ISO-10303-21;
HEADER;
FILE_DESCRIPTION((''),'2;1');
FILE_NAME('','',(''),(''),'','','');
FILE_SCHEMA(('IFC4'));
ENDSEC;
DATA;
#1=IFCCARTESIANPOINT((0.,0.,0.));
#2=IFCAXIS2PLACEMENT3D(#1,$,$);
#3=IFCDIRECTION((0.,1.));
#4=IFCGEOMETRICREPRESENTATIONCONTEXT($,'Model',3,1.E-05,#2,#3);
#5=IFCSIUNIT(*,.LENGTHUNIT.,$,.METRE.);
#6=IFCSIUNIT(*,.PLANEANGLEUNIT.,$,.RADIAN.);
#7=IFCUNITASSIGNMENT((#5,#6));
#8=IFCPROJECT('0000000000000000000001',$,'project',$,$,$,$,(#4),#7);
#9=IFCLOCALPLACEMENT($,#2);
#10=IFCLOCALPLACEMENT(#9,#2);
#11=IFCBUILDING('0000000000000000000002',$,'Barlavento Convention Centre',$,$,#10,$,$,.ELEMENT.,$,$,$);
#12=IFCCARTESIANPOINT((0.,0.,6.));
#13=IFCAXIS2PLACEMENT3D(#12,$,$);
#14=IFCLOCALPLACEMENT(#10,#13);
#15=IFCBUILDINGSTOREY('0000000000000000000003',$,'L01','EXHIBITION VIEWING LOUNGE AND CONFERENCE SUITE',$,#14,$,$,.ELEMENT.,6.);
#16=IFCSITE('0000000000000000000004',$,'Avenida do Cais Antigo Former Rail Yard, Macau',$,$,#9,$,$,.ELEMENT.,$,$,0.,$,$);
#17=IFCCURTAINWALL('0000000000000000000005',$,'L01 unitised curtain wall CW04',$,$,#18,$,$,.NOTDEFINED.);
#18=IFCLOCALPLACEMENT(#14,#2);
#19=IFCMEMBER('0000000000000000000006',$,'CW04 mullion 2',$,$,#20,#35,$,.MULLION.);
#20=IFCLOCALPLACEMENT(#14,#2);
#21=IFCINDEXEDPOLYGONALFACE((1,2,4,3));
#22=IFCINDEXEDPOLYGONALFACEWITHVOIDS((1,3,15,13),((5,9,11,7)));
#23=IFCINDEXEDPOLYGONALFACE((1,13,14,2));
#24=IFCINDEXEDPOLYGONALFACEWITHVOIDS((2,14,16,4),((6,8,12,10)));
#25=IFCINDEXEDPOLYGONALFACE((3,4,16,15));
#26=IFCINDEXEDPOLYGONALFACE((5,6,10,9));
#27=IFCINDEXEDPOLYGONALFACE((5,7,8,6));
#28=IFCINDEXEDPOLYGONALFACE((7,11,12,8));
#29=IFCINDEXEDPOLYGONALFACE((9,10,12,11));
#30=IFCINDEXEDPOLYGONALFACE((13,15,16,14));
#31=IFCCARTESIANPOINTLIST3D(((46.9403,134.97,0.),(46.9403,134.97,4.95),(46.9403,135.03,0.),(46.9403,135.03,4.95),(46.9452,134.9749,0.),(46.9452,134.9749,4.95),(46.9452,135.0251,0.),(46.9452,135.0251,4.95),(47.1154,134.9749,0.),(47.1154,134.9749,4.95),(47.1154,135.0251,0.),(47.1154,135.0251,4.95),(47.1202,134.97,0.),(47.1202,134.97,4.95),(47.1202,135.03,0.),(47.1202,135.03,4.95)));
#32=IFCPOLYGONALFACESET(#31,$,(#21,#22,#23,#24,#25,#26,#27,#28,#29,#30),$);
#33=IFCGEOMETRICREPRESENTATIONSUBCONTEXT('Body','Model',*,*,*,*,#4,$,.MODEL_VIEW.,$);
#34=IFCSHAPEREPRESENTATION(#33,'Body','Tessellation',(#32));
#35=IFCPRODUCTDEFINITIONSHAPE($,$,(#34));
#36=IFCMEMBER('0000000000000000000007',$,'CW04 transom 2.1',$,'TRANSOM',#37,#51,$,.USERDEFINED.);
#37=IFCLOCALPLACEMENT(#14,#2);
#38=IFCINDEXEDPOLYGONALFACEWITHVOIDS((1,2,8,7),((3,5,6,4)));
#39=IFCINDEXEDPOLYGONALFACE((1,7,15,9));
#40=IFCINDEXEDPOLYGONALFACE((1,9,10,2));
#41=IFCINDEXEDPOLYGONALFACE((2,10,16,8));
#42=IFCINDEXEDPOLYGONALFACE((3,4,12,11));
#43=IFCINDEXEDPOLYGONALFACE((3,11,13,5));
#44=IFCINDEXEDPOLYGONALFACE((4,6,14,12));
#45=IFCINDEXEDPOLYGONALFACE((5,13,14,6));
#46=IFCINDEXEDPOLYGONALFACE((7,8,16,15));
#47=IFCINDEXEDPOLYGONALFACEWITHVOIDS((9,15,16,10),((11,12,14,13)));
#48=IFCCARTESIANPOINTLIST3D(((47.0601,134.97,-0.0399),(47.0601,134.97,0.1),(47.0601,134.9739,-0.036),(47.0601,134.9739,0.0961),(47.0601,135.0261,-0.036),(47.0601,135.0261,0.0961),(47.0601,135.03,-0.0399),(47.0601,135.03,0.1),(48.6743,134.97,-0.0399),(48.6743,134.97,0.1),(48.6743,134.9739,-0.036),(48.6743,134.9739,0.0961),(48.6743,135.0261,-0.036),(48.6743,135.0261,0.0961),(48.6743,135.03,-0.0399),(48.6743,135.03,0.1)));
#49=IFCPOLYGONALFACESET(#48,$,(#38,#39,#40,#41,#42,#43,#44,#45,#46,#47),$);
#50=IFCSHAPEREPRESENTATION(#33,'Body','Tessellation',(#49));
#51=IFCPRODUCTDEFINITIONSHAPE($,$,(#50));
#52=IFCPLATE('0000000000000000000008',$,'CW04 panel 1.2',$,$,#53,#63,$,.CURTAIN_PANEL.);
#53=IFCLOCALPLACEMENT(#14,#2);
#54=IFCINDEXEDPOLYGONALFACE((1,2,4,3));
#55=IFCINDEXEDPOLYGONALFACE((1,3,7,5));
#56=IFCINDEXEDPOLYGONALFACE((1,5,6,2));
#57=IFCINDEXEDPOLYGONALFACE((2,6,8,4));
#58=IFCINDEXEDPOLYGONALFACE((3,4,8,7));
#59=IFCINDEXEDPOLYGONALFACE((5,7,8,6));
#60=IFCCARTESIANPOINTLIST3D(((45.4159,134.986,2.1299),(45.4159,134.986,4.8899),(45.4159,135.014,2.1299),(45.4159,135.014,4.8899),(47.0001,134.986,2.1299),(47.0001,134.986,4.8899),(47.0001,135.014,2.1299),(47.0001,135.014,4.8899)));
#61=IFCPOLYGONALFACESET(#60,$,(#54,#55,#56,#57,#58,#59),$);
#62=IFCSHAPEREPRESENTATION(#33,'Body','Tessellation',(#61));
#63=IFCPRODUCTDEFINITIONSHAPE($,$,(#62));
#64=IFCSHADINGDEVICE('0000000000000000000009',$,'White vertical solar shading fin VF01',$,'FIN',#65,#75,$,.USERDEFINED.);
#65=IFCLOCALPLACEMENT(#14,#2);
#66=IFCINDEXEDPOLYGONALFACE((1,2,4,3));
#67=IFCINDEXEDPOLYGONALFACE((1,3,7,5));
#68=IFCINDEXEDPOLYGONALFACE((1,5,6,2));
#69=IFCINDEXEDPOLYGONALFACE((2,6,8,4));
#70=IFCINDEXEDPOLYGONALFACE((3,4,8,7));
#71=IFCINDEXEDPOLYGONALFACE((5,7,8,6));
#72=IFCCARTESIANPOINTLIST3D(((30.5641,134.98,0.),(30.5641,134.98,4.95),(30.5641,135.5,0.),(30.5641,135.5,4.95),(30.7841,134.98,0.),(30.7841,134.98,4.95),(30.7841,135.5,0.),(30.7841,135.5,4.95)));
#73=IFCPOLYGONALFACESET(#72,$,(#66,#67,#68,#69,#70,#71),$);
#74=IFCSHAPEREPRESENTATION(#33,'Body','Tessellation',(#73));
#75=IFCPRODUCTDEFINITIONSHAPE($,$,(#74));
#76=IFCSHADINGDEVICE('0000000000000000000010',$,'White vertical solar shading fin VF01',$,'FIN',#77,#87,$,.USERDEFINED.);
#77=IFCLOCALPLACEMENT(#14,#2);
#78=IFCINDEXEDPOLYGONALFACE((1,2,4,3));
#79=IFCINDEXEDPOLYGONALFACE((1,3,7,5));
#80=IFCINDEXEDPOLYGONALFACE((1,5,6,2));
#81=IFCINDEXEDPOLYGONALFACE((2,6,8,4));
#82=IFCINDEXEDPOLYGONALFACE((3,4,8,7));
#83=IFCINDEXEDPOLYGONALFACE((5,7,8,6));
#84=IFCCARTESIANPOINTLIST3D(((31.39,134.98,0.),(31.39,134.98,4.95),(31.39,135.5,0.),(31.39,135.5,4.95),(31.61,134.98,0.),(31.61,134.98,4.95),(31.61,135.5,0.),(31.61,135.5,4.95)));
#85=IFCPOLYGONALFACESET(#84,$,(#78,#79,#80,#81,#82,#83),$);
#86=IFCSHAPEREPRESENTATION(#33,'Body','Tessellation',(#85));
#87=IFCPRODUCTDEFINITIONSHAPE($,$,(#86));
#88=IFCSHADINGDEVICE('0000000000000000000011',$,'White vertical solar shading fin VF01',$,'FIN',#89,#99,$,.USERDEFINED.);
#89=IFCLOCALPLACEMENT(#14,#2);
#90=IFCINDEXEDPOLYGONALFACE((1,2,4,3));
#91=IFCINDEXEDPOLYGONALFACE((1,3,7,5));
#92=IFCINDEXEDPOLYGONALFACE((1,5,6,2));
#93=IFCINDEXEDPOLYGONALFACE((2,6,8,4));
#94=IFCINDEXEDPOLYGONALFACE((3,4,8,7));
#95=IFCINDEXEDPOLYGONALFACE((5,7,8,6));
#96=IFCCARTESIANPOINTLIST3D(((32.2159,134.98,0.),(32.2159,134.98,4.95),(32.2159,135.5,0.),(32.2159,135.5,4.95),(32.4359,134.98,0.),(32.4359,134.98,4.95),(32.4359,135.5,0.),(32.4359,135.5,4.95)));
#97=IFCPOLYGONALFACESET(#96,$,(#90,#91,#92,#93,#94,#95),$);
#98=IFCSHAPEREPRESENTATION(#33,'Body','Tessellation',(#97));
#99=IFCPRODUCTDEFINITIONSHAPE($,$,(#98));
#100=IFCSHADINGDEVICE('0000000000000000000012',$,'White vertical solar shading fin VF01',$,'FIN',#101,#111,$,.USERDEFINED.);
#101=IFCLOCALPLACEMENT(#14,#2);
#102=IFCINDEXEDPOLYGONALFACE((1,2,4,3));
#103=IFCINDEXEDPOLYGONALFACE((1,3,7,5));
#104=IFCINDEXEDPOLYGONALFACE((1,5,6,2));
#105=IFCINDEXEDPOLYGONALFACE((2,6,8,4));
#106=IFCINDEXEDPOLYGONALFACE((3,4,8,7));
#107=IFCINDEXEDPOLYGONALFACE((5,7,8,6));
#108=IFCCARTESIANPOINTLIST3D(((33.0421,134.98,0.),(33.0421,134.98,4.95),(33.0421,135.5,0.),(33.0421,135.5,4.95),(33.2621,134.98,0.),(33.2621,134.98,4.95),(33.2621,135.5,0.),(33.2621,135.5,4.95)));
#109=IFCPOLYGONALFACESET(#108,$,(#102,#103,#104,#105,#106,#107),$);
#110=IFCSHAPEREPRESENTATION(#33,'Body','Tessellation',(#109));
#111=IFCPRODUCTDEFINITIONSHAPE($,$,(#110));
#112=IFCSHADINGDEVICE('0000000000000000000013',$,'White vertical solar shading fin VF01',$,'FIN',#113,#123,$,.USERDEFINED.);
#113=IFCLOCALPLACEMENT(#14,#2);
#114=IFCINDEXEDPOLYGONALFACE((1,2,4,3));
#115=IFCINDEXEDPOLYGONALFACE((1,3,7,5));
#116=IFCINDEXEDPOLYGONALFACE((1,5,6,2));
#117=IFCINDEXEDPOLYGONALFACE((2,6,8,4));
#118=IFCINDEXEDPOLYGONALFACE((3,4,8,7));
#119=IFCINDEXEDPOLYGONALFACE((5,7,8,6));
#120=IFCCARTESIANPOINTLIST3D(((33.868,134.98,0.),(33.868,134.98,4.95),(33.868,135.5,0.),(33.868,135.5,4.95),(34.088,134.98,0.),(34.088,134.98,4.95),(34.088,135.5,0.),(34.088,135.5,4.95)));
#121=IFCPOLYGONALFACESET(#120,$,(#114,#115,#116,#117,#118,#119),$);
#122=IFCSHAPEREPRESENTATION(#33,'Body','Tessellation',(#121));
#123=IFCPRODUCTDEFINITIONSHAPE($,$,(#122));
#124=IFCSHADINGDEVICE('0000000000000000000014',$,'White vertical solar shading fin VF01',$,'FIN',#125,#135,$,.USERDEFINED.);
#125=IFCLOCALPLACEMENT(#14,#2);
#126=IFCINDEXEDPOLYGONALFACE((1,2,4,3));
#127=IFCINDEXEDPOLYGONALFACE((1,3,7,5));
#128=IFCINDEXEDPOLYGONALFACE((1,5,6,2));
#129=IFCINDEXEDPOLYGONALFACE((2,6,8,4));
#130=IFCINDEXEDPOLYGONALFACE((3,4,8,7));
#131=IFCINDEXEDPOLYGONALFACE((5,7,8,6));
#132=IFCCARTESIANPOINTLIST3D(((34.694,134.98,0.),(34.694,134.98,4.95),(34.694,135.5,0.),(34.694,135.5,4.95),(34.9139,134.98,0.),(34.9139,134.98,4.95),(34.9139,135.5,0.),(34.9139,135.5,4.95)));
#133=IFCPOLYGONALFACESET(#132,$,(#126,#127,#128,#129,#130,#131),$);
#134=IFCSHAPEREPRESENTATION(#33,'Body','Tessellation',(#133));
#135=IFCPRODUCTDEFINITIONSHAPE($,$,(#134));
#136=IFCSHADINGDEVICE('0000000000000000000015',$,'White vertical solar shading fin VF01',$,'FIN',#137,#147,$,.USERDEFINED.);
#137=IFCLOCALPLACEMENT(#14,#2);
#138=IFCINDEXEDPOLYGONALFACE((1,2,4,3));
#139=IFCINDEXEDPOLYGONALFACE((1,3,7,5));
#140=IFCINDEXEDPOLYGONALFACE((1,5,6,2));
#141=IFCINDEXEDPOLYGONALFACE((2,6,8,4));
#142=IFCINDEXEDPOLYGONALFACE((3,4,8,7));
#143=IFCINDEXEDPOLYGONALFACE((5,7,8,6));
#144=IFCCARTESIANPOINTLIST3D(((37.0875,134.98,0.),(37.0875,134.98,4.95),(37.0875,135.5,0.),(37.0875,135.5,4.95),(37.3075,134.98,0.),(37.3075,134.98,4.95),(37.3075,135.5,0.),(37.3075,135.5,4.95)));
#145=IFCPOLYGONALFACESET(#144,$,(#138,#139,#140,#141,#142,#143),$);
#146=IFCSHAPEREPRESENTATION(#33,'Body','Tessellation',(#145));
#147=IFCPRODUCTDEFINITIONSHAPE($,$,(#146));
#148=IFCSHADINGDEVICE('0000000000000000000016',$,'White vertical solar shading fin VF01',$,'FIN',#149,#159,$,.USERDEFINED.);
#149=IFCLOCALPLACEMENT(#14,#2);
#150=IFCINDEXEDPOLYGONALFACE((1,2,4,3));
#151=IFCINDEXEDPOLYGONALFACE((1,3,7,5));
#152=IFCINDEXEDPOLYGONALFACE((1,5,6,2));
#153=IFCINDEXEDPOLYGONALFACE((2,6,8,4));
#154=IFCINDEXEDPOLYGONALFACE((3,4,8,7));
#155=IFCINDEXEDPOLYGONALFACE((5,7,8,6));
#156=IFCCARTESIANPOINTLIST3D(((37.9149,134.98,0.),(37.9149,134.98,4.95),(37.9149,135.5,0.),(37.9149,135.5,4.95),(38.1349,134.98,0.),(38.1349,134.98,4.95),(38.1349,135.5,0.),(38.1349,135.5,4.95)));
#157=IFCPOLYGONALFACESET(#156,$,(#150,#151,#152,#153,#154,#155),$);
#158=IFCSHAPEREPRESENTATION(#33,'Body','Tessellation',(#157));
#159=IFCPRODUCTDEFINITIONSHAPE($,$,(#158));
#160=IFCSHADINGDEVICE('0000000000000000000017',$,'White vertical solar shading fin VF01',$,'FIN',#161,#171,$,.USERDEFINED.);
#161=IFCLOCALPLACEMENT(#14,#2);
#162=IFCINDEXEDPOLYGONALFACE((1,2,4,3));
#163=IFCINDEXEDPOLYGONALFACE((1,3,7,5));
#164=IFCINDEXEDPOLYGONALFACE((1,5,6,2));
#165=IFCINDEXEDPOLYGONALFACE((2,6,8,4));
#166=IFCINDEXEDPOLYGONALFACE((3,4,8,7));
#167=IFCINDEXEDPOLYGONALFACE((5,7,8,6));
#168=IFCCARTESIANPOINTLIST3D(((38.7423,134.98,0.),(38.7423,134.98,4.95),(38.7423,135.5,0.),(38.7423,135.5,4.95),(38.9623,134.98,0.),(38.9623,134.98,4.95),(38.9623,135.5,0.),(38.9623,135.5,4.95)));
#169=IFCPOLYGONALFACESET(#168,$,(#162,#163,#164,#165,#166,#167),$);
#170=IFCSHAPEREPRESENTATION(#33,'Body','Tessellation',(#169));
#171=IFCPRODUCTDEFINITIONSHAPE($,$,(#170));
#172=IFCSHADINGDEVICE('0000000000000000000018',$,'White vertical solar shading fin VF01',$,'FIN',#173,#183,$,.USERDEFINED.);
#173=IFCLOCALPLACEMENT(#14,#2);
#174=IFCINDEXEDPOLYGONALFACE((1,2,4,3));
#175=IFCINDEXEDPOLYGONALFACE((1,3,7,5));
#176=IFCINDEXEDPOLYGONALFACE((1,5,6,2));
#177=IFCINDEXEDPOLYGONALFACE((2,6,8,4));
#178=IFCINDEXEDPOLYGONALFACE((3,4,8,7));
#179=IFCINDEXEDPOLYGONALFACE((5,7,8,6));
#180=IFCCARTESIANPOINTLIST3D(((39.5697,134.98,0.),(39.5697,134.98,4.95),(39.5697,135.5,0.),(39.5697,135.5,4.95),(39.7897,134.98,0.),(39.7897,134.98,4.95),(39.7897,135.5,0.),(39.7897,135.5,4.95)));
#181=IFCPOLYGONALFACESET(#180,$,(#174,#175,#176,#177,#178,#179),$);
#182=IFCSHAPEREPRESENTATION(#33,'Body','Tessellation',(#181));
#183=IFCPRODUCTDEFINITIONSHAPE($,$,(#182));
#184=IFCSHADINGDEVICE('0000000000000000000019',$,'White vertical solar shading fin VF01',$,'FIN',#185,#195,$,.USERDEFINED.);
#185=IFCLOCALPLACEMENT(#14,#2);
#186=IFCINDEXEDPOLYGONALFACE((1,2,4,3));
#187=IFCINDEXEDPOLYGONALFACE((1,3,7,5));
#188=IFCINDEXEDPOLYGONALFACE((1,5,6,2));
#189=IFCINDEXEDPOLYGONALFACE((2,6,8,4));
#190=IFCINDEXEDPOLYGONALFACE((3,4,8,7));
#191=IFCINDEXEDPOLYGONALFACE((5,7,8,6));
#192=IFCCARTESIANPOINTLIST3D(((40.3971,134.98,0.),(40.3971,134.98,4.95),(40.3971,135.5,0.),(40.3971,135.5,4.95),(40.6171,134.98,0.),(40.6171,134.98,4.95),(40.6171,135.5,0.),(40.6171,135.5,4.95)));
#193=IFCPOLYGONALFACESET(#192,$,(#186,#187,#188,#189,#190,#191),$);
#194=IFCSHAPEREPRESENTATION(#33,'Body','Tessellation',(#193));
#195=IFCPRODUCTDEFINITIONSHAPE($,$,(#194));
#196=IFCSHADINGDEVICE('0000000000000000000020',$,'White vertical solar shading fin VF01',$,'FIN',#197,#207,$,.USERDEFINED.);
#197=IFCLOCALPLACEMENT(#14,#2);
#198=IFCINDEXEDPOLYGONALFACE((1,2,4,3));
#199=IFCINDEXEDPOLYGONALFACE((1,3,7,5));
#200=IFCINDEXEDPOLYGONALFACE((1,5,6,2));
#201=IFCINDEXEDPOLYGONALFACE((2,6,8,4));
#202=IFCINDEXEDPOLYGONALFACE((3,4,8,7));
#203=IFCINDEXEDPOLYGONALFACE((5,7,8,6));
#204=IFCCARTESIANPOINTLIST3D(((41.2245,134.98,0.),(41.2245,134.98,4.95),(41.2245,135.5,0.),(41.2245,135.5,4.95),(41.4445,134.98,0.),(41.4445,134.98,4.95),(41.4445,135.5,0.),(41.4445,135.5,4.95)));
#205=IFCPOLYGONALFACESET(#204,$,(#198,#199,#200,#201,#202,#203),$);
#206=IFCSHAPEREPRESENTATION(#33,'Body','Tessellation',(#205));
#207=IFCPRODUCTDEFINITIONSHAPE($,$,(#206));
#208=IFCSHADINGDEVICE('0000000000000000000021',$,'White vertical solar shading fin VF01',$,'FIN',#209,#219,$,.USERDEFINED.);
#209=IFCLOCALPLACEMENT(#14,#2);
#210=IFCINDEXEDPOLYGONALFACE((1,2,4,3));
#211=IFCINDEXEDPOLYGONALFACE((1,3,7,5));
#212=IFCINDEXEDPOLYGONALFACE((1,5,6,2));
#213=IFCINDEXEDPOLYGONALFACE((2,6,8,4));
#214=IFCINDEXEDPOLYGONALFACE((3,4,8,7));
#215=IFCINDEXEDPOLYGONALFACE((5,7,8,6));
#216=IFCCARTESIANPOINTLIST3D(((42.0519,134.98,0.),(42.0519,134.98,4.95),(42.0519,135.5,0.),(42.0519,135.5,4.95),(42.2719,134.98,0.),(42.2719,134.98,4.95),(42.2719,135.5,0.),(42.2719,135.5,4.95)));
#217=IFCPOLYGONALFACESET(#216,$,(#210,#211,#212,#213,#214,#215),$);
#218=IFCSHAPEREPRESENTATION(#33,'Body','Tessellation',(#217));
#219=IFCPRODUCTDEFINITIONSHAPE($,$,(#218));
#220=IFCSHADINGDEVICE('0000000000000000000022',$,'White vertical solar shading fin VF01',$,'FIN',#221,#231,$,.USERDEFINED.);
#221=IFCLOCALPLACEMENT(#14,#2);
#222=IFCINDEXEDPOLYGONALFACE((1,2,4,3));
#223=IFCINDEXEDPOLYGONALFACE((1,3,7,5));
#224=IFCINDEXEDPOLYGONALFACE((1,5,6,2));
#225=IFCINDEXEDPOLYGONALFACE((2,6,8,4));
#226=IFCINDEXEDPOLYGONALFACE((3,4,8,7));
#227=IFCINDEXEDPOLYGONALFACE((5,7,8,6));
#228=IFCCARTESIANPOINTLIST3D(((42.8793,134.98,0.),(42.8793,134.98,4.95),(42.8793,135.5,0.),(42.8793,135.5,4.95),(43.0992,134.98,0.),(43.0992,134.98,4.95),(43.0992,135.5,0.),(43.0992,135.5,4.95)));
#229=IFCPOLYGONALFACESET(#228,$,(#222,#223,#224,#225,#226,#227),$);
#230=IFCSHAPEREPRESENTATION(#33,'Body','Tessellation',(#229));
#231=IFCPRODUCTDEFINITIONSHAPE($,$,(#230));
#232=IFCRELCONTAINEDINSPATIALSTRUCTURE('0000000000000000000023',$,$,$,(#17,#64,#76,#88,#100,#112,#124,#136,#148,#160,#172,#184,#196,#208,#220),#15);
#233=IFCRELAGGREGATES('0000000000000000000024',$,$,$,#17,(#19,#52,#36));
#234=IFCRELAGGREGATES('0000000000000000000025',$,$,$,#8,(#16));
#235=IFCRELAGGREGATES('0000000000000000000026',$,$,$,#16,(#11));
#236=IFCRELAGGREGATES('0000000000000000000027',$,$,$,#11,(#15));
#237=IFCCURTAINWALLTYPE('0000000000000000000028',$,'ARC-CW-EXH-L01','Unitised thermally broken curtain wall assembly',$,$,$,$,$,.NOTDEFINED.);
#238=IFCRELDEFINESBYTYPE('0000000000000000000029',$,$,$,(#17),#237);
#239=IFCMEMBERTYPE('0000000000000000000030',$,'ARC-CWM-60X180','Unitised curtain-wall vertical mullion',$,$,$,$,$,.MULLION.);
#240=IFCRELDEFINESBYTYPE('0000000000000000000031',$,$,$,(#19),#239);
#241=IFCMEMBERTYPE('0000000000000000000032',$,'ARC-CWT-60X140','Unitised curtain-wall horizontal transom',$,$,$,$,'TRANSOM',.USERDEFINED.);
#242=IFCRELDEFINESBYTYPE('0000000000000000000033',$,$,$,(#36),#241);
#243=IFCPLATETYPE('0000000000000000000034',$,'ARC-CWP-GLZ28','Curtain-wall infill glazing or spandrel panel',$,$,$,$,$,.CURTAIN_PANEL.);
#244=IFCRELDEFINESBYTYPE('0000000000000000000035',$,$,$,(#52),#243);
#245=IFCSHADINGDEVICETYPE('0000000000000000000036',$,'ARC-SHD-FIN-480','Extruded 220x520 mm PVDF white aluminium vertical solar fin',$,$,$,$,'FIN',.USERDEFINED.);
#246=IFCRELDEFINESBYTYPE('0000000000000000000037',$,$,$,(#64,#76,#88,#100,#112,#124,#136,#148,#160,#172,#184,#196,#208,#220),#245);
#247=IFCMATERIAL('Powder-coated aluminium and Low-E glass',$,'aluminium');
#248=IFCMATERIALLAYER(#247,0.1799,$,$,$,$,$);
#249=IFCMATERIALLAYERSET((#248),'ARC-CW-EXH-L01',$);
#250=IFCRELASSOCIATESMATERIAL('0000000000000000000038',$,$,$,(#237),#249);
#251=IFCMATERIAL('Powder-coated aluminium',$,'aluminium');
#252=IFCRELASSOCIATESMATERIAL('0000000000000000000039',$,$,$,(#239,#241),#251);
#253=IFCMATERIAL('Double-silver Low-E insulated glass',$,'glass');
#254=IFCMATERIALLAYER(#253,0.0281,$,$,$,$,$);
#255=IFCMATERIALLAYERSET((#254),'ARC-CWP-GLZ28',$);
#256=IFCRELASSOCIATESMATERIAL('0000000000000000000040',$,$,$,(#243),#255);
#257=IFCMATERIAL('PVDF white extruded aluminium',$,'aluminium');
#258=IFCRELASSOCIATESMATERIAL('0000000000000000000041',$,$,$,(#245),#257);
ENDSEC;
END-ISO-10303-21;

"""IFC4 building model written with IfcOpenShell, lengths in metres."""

from ifc_helpers import new_model, si_unit, direction, frame, origin, origin_2d, place, context, subcontext, project, spatial, rectangle, hollow_rectangle, extrude, material, layer, layer_set, material_profile, profile_set, type_object, element, aggregate, save


model = new_model("IFC4")

# Units and contexts
model_context = context("Model", 3, precision=1e-05, world=origin(), true_north=direction((0.0, 1.0)))
body_context = subcontext(model_context, "Body", "Model", "MODEL_VIEW")
ifc_project = project(units=[si_unit("LENGTHUNIT", "METRE"), si_unit("PLANEANGLEUNIT", "RADIAN")], contexts=[model_context])

# Site, building, storey
site_placement = place(None, origin())
site = spatial("IfcSite", under=ifc_project, at=site_placement, Name="Avenida do Cais Antigo Former Rail Yard, Macau", CompositionType="ELEMENT", RefElevation=0.0)
building_placement = place(site_placement, origin())
building = spatial("IfcBuilding", under=site, at=building_placement, Name="Barlavento Convention Centre", CompositionType="ELEMENT")
storey_placement = place(building_placement, frame((0.0, 0.0, 6.0)))
storey = spatial("IfcBuildingStorey", under=building, at=storey_placement, Name="L01", Description="EXHIBITION VIEWING LOUNGE AND CONFERENCE SUITE", CompositionType="ELEMENT", Elevation=6.0)

# Curtain wall, members, plate
ifc_material_1 = material(Name="Powder-coated aluminium and Low-E glass", Category="aluminium")
ifc_layer_1 = layer(ifc_material_1, 0.1799)
ifc_layer_set_1 = layer_set([ifc_layer_1], Name="ARC-CW-EXH-L01")
curtain_wall_type = type_object("IfcCurtainWallType", Name="ARC-CW-EXH-L01", Description="Unitised thermally broken curtain wall assembly", PredefinedType="NOTDEFINED", material=ifc_layer_set_1)
curtain_wall_placement = place(storey_placement, origin())
curtain_wall = element("IfcCurtainWall", 1, at=curtain_wall_placement, inside=storey, type_object=curtain_wall_type, Name="L01 unitised curtain wall CW04", PredefinedType="NOTDEFINED")
ifc_material_2 = material(Name="Powder-coated aluminium", Category="aluminium")
ifc_material_profile_1 = material_profile(ifc_material_2, hollow_rectangle(XDim=0.0601, YDim=0.1799, WallThickness=0.0049, at=origin_2d()), Name="AL-MULL 60x180x5")
ifc_profile_set_1 = profile_set([ifc_material_profile_1], Name="Powder-coated aluminium")
member_type_1 = type_object("IfcMemberType", Name="ARC-CWM-60X180", Description="Unitised curtain-wall vertical mullion", PredefinedType="MULLION", material=ifc_profile_set_1)
member_1_placement = place(storey_placement, frame((47.0303, 135.0, 0.0), z_axis=(0.0, 0.0, 1.0), x_axis=(0.0, 1.0, 0.0)))
member_1 = element("IfcMember", 2, at=member_1_placement, type_object=member_type_1, Name="CW04 mullion 2", PredefinedType="MULLION", context=body_context, shape_type="SweptSolid", body=[
    extrude(hollow_rectangle(XDim=0.0601, YDim=0.1799, WallThickness=0.0049, at=origin_2d()), origin(), (0.0, 0.0, 1.0), 4.95),
])
ifc_material_profile_2 = material_profile(ifc_material_2, hollow_rectangle(XDim=0.0601, YDim=0.1399, WallThickness=0.0039, at=origin_2d()), Name="AL-TRAN 60x140x4")
ifc_profile_set_2 = profile_set([ifc_material_profile_2], Name="Powder-coated aluminium")
member_type_2 = type_object("IfcMemberType", Name="ARC-CWT-60X140", Description="Unitised curtain-wall horizontal transom", ElementType="TRANSOM", PredefinedType="USERDEFINED", material=ifc_profile_set_2)
member_2_placement = place(storey_placement, frame((47.0601, 135.0, 0.03), z_axis=(1.0, 0.0, 0.0), x_axis=(0.0, 1.0, 0.0)))
member_2 = element("IfcMember", 3, at=member_2_placement, type_object=member_type_2, Name="CW04 transom 2.1", ObjectType="TRANSOM", PredefinedType="USERDEFINED", context=body_context, shape_type="SweptSolid", body=[
    extrude(hollow_rectangle(XDim=0.0601, YDim=0.1399, WallThickness=0.0039, at=origin_2d()), origin(), (0.0, 0.0, 1.0), 1.6143),
])
ifc_material_3 = material(Name="Double-silver Low-E insulated glass", Category="glass")
ifc_layer_2 = layer(ifc_material_3, 0.0281)
ifc_layer_set_2 = layer_set([ifc_layer_2], Name="ARC-CWP-GLZ28")
plate_type = type_object("IfcPlateType", Name="ARC-CWP-GLZ28", Description="Curtain-wall infill glazing or spandrel panel", PredefinedType="CURTAIN_PANEL", material=ifc_layer_set_2)
plate_placement = place(storey_placement, frame((46.208, 135.0, 2.1299), z_axis=(0.0, 0.0, 1.0), x_axis=(1.0, 0.0, 0.0)))
plate = element("IfcPlate", 4, at=plate_placement, type_object=plate_type, Name="CW04 panel 1.2", PredefinedType="CURTAIN_PANEL", context=body_context, shape_type="SweptSolid", body=[
    extrude(rectangle(XDim=1.5842, YDim=0.0281, at=origin_2d()), origin(), (0.0, 0.0, 1.0), 2.76),
])
aggregate(curtain_wall, [member_1, plate, member_2])

# Shading devices
ifc_material_4 = material(Name="PVDF white extruded aluminium", Category="aluminium")
shading_device_type = type_object("IfcShadingDeviceType", Name="ARC-SHD-FIN-480", Description="Extruded 220x520 mm PVDF white aluminium vertical solar fin", ElementType="FIN", PredefinedType="USERDEFINED", material=ifc_material_4)
for number, where, z_axis, x_axis, name in (
    (5, (30.6741, 135.24, 0.0), (0.0, 0.0, 1.0), (1.0, 0.0, 0.0), "White vertical solar shading fin VF01"),
    (6, (31.5, 135.24, 0.0), (0.0, 0.0, 1.0), (1.0, 0.0, 0.0), "White vertical solar shading fin VF01"),
    (7, (32.3259, 135.24, 0.0), (0.0, 0.0, 1.0), (1.0, 0.0, 0.0), "White vertical solar shading fin VF01"),
    (8, (33.1521, 135.24, 0.0), (0.0, 0.0, 1.0), (1.0, 0.0, 0.0), "White vertical solar shading fin VF01"),
    (9, (33.978, 135.24, 0.0), (0.0, 0.0, 1.0), (1.0, 0.0, 0.0), "White vertical solar shading fin VF01"),
    (10, (34.804, 135.24, 0.0), (0.0, 0.0, 1.0), (1.0, 0.0, 0.0), "White vertical solar shading fin VF01"),
    (11, (37.1975, 135.24, 0.0), (0.0, 0.0, 1.0), (1.0, 0.0, 0.0), "White vertical solar shading fin VF01"),
    (12, (38.0249, 135.24, 0.0), (0.0, 0.0, 1.0), (1.0, 0.0, 0.0), "White vertical solar shading fin VF01"),
    (13, (38.8523, 135.24, 0.0), (0.0, 0.0, 1.0), (1.0, 0.0, 0.0), "White vertical solar shading fin VF01"),
    (14, (39.6797, 135.24, 0.0), (0.0, 0.0, 1.0), (1.0, 0.0, 0.0), "White vertical solar shading fin VF01"),
    (15, (40.5071, 135.24, 0.0), (0.0, 0.0, 1.0), (1.0, 0.0, 0.0), "White vertical solar shading fin VF01"),
    (16, (41.3345, 135.24, 0.0), (0.0, 0.0, 1.0), (1.0, 0.0, 0.0), "White vertical solar shading fin VF01"),
    (17, (42.1619, 135.24, 0.0), (0.0, 0.0, 1.0), (1.0, 0.0, 0.0), "White vertical solar shading fin VF01"),
    (18, (42.9893, 135.24, 0.0), (0.0, 0.0, 1.0), (1.0, 0.0, 0.0), "White vertical solar shading fin VF01"),
):
    element("IfcShadingDevice", number, at=place(storey_placement, frame(where, z_axis=z_axis, x_axis=x_axis)), inside=storey, type_object=shading_device_type, Name=name, ObjectType="FIN", PredefinedType="USERDEFINED", context=body_context, shape_type="SweptSolid", body=[
        extrude(rectangle(XDim=0.22, YDim=0.52, at=origin_2d()), origin(), (0.0, 0.0, 1.0), 4.95),
    ])

save(model, "model.ifc")
